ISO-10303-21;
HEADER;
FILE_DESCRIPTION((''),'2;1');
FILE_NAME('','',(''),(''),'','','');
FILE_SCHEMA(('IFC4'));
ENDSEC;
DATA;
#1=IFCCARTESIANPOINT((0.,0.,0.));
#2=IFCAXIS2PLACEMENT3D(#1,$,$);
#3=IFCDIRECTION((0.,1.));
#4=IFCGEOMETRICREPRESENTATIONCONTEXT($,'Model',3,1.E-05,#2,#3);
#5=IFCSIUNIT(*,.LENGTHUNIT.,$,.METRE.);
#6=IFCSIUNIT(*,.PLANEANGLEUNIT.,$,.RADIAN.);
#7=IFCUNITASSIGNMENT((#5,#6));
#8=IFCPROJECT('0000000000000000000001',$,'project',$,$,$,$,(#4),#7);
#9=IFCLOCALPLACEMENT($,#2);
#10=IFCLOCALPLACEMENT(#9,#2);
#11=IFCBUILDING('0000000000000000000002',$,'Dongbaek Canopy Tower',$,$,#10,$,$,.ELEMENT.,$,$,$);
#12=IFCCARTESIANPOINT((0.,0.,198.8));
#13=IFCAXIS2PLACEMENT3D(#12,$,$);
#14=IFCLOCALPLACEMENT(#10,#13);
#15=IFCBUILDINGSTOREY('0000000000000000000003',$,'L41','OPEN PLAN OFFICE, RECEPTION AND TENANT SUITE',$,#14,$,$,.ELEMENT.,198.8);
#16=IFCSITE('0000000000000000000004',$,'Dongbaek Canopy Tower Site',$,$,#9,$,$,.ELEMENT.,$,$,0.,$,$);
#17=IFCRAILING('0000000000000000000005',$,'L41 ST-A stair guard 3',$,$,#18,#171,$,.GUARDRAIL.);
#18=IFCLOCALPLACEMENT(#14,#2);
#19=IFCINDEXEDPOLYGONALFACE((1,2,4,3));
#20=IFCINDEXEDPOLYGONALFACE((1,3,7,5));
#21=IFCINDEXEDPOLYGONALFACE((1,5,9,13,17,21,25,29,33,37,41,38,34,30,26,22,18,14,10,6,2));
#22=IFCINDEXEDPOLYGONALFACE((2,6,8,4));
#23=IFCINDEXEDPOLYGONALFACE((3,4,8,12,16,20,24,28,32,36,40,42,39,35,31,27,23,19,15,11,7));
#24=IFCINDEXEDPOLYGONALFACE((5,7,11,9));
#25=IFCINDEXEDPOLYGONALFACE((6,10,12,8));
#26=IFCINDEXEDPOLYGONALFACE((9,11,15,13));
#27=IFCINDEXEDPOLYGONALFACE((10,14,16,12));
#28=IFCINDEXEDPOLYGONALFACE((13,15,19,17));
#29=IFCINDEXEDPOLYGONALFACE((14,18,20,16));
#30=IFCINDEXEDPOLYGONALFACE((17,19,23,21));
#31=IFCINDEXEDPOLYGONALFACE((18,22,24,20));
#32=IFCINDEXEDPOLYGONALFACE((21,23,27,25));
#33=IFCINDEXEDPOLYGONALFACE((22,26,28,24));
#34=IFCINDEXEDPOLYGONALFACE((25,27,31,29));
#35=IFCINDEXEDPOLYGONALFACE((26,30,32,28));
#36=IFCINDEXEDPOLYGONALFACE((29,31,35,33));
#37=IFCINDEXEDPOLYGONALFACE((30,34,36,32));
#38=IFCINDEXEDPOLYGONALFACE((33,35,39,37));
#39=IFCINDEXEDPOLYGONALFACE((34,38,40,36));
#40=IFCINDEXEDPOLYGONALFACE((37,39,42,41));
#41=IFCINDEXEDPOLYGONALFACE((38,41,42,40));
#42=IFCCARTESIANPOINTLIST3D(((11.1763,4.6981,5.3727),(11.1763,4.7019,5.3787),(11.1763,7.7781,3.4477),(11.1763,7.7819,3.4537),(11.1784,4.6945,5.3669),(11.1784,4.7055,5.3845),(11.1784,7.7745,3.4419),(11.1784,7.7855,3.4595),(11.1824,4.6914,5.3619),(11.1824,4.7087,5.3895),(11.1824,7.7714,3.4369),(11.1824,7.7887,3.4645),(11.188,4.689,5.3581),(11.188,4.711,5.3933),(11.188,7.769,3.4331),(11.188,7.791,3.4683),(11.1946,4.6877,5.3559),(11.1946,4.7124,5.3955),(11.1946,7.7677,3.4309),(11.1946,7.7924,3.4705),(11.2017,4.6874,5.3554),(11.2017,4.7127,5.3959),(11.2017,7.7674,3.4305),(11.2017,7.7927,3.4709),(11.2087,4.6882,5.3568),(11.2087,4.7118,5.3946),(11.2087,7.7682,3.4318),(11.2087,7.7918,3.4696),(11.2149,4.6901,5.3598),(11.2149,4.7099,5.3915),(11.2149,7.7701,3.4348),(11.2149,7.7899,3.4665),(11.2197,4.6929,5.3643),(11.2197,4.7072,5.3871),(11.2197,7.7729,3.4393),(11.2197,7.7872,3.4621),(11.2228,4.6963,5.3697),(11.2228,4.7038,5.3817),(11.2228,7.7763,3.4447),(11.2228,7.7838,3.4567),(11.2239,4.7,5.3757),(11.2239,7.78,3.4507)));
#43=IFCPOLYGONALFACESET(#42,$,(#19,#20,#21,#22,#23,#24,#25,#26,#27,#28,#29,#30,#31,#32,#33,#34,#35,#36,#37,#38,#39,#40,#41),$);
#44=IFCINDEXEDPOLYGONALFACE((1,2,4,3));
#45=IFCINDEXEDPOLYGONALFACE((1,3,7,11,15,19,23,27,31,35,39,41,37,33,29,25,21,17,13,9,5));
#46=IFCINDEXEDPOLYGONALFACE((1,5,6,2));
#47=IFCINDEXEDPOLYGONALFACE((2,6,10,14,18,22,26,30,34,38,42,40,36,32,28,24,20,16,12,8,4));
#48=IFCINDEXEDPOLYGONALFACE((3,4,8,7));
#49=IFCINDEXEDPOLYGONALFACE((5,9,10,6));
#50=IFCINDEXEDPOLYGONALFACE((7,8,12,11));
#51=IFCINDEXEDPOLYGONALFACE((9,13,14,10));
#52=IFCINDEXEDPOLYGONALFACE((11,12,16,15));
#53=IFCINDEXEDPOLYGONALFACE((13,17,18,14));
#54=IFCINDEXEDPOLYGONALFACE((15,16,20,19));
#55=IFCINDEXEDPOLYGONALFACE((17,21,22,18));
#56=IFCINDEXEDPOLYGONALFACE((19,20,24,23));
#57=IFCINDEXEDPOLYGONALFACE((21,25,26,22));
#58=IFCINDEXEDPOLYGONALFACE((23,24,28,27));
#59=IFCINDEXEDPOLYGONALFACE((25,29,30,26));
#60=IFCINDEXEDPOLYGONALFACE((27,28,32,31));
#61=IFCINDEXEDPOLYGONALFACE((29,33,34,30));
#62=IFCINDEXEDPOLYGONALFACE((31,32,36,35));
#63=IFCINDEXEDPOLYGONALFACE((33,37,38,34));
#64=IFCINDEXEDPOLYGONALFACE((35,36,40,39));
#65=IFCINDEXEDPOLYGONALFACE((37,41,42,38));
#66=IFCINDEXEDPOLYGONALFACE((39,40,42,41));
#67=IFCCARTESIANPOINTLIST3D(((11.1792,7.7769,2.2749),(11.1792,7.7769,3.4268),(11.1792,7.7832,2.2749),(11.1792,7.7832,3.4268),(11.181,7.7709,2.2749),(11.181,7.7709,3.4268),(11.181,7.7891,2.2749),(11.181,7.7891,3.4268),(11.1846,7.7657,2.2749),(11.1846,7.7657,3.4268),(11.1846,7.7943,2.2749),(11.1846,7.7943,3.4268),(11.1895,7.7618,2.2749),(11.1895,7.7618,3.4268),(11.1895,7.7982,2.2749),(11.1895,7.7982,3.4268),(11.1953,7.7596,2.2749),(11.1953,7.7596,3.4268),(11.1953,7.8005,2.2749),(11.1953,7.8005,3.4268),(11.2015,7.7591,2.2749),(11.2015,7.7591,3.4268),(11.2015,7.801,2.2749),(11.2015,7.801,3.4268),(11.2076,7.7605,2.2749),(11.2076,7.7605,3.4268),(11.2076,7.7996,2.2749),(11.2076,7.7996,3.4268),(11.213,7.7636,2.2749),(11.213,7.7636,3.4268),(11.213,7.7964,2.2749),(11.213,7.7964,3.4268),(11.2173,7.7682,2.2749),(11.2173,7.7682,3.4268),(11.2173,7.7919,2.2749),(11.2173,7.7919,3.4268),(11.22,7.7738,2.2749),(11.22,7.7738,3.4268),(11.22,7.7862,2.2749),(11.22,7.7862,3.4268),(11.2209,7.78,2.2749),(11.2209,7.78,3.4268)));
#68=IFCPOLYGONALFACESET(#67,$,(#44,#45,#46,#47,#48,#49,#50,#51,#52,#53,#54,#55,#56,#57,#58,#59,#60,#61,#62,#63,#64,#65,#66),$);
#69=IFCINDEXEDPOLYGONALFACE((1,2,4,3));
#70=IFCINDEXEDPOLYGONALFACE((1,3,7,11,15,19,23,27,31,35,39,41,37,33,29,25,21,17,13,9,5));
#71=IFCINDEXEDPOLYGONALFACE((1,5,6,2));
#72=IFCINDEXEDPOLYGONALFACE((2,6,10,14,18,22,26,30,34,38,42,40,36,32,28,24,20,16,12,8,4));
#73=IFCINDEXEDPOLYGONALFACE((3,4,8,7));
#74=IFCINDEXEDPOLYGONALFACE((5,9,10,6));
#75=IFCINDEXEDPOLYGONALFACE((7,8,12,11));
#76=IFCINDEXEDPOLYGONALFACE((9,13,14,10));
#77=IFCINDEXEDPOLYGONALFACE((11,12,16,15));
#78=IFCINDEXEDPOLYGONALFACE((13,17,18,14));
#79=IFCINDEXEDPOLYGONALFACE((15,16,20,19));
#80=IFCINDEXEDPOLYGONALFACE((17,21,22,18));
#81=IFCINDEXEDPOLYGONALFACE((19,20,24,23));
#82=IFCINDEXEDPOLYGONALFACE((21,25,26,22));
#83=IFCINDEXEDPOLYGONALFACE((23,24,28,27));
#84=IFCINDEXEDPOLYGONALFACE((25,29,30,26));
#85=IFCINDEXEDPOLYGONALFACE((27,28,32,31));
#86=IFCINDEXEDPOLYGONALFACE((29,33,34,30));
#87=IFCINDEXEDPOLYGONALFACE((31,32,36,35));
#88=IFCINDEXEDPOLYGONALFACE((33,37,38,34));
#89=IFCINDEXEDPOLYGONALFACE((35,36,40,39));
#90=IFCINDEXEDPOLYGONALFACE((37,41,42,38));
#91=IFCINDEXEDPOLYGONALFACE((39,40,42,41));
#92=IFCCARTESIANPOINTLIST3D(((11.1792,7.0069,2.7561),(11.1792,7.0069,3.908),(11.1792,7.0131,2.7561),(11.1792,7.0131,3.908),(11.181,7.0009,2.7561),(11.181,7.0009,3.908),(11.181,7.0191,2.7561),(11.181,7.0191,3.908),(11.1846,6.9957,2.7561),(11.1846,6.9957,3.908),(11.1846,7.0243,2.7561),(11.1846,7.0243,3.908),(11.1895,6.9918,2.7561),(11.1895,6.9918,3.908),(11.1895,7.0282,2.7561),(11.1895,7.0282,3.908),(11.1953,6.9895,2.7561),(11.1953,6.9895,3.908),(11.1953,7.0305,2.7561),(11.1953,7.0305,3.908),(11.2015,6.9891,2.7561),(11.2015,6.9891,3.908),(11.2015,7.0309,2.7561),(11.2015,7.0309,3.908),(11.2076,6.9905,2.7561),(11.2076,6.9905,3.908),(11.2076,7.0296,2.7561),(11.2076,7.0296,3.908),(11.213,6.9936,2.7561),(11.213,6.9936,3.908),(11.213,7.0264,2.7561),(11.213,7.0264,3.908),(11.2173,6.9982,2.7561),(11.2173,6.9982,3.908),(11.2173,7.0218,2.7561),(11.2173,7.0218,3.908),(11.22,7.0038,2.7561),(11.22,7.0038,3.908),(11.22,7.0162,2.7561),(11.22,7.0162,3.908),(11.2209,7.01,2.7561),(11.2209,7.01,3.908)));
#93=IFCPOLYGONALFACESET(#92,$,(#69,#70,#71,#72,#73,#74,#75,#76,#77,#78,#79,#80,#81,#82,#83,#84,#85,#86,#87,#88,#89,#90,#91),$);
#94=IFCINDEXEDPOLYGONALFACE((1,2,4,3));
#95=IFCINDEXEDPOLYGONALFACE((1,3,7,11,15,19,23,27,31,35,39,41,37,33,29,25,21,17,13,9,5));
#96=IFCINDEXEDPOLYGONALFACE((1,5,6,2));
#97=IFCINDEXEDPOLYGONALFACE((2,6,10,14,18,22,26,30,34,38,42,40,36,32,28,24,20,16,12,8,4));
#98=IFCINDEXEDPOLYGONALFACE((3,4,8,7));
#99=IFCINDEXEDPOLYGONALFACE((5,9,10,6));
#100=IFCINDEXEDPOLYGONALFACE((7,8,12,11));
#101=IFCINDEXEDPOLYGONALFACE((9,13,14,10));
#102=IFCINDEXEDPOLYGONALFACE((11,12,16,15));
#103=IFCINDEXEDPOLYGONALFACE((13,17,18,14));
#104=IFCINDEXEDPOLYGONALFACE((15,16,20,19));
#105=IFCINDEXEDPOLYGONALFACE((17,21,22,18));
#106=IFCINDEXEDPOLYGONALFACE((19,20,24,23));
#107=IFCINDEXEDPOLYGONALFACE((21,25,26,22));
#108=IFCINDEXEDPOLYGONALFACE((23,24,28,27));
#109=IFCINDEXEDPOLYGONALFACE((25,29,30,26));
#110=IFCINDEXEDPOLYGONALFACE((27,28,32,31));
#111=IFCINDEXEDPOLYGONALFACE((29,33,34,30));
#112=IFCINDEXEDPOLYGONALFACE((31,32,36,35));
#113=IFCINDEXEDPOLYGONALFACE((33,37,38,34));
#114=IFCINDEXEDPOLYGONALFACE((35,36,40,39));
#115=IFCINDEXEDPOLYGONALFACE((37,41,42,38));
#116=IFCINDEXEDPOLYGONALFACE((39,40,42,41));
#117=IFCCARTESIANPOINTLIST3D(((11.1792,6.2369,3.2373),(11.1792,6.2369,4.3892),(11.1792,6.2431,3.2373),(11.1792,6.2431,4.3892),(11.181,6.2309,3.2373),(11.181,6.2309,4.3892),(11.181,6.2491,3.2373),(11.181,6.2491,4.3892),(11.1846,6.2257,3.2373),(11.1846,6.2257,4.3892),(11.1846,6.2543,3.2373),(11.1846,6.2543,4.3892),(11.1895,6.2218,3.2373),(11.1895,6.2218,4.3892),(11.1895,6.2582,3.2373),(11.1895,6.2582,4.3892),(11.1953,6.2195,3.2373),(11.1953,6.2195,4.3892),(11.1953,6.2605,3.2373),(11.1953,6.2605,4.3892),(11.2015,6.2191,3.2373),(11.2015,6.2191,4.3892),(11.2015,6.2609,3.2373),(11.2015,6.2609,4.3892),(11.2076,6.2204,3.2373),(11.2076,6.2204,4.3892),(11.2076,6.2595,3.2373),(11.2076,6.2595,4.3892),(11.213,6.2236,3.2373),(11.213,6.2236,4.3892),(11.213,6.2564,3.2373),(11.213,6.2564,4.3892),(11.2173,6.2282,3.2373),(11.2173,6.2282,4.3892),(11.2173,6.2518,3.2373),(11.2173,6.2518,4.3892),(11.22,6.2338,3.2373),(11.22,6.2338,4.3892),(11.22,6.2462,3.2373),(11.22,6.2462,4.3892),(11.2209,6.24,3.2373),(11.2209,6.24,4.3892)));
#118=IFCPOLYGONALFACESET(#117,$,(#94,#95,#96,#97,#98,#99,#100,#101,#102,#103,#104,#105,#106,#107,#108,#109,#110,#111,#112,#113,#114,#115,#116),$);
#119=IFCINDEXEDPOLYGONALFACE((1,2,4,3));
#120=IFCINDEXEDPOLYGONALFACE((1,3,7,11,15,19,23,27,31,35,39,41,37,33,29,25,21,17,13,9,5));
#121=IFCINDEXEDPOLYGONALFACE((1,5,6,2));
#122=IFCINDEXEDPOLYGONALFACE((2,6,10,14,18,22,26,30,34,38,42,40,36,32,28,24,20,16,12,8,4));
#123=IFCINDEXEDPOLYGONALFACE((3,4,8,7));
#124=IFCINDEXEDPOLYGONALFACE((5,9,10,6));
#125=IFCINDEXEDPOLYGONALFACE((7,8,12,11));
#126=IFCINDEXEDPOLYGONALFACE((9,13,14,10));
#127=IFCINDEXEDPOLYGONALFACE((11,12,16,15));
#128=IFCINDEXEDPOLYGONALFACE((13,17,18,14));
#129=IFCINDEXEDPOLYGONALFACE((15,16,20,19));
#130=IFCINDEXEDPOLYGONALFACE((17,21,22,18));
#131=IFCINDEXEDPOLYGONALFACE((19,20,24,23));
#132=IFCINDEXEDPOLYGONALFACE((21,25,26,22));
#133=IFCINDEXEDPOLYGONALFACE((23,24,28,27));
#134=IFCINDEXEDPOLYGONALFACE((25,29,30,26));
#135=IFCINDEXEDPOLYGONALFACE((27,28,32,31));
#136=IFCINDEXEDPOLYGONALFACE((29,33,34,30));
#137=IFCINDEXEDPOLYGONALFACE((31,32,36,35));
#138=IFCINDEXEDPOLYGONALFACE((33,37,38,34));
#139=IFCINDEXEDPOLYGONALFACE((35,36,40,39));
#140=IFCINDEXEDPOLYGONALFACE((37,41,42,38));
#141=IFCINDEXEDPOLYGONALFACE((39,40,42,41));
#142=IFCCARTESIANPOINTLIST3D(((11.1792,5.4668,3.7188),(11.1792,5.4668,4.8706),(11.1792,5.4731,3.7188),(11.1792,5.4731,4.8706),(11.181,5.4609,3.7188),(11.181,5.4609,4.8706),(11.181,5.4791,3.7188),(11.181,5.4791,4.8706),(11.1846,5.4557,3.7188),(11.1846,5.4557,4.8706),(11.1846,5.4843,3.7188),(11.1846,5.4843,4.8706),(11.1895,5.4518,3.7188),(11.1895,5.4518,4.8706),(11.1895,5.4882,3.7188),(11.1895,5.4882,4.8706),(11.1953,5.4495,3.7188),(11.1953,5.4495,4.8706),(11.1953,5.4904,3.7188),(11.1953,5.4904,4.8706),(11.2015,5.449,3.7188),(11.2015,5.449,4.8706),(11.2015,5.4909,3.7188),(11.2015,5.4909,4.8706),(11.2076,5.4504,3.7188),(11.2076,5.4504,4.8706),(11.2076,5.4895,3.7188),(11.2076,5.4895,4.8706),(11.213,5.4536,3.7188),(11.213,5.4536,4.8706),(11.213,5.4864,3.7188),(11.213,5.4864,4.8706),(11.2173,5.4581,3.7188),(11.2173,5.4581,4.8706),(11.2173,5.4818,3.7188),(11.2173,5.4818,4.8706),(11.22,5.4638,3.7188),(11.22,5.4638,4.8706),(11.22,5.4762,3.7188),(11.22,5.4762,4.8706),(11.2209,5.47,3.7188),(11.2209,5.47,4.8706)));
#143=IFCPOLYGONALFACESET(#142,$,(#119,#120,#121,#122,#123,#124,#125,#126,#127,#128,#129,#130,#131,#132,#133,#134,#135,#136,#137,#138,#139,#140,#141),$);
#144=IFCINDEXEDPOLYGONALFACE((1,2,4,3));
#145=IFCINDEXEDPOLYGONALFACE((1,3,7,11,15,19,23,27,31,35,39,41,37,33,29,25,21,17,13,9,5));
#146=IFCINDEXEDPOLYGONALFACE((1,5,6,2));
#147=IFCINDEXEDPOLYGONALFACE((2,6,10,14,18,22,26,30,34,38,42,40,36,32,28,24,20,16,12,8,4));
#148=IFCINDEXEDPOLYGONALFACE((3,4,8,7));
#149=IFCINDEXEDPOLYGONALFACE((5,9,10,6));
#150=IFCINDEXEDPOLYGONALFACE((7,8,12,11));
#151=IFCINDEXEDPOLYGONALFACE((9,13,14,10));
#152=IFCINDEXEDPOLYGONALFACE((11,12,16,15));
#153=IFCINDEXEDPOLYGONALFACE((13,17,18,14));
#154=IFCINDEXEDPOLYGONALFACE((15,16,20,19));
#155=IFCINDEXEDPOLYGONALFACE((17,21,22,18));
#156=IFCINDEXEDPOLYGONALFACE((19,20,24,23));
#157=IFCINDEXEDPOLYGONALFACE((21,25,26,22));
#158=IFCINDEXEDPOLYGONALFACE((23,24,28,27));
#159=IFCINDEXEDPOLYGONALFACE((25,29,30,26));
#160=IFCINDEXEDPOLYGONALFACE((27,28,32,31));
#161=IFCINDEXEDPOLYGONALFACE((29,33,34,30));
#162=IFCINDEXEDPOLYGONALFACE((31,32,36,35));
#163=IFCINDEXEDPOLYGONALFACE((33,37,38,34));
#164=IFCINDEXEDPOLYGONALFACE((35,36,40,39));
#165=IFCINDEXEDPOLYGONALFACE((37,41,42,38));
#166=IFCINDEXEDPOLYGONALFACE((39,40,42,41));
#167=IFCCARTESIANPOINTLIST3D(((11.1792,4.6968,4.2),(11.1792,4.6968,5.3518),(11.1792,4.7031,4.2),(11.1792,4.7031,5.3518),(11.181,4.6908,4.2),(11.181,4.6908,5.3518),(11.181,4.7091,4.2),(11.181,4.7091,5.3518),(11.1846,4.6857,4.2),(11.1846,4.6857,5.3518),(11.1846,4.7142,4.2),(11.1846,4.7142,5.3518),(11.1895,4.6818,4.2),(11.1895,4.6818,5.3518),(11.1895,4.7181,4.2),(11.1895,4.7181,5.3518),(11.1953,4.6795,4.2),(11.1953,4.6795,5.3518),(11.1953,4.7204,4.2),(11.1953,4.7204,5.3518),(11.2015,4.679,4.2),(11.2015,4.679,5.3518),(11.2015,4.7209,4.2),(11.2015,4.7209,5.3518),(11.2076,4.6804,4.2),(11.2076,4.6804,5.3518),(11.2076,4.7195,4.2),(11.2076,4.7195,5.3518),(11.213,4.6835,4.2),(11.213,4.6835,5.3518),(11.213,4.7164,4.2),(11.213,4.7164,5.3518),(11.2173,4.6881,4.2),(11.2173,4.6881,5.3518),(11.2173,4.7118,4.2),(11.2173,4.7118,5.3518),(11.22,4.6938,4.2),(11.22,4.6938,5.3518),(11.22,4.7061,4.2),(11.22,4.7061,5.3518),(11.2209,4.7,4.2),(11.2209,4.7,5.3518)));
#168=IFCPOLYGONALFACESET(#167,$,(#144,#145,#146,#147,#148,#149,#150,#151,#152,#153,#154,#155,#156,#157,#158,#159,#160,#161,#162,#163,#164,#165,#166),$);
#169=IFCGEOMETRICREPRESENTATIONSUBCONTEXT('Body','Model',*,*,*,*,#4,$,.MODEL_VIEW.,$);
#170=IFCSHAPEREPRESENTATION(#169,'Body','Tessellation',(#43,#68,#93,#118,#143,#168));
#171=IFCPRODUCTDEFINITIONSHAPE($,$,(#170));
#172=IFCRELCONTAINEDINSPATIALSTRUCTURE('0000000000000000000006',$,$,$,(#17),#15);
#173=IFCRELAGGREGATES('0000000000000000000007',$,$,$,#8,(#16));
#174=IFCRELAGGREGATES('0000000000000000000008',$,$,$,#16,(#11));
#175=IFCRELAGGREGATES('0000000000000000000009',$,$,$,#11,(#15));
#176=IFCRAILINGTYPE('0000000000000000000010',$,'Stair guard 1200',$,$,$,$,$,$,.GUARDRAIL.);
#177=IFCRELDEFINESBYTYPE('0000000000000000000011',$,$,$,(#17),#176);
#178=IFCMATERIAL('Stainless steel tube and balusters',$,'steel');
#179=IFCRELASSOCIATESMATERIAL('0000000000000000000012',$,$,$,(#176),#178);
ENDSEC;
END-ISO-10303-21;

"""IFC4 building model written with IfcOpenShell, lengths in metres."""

from ifc_helpers import new_model, si_unit, direction, frame, origin, origin_2d, place, context, subcontext, project, spatial, circle, extrude, material, type_object, element, save


model = new_model("IFC4")

# Units and contexts
model_context = context("Model", 3, precision=1e-05, world=origin(), true_north=direction((0.0, 1.0)))
body_context = subcontext(model_context, "Body", "Model", "MODEL_VIEW")
ifc_project = project(units=[si_unit("LENGTHUNIT", "METRE"), si_unit("PLANEANGLEUNIT", "RADIAN")], contexts=[model_context])

# Site, building, storey
site_placement = place(None, origin())
site = spatial("IfcSite", under=ifc_project, at=site_placement, Name="Dongbaek Canopy Tower Site", CompositionType="ELEMENT", RefElevation=0.0)
building_placement = place(site_placement, origin())
building = spatial("IfcBuilding", under=site, at=building_placement, Name="Dongbaek Canopy Tower", CompositionType="ELEMENT")
storey_placement = place(building_placement, frame((0.0, 0.0, 198.8)))
storey = spatial("IfcBuildingStorey", under=building, at=storey_placement, Name="L41", Description="OPEN PLAN OFFICE, RECEPTION AND TENANT SUITE", CompositionType="ELEMENT", Elevation=198.8)

# Railing
ifc_material_1 = material(Name="Stainless steel tube and balusters", Category="steel")
railing_type_1 = type_object("IfcRailingType", Name="Stair guard 1200", PredefinedType="GUARDRAIL", material=ifc_material_1)
railing_1_placement = place(storey_placement, frame((11.2, 7.78, 2.2749)))
element("IfcRailing", 1, at=railing_1_placement, inside=storey, type_object=railing_type_1, Name="L41 ST-A stair guard 3", PredefinedType="GUARDRAIL", context=body_context, shape_type="SweptSolid", body=[
    extrude(circle(Radius=0.0239, at=origin_2d()), frame((0.0, 0.0, 1.1758), z_axis=(0.0, -0.847998, 0.529999), x_axis=(1.0, 0.0, 0.0)), (0.0, 0.0, 1.0), 3.6321),
    extrude(circle(Radius=0.021, at=origin_2d()), origin(), (0.0, 0.0, 1.0), 1.1519),
    extrude(circle(Radius=0.021, at=origin_2d()), frame((0.0, -0.77, 0.4812)), (0.0, 0.0, 1.0), 1.1519),
    extrude(circle(Radius=0.021, at=origin_2d()), frame((0.0, -1.54, 0.9624)), (0.0, 0.0, 1.0), 1.1519),
    extrude(circle(Radius=0.021, at=origin_2d()), frame((0.0, -2.3101, 1.4438)), (0.0, 0.0, 1.0), 1.1519),
    extrude(circle(Radius=0.021, at=origin_2d()), frame((0.0, -3.0801, 1.925)), (0.0, 0.0, 1.0), 1.1519),
])

save(model, "model.ifc")
